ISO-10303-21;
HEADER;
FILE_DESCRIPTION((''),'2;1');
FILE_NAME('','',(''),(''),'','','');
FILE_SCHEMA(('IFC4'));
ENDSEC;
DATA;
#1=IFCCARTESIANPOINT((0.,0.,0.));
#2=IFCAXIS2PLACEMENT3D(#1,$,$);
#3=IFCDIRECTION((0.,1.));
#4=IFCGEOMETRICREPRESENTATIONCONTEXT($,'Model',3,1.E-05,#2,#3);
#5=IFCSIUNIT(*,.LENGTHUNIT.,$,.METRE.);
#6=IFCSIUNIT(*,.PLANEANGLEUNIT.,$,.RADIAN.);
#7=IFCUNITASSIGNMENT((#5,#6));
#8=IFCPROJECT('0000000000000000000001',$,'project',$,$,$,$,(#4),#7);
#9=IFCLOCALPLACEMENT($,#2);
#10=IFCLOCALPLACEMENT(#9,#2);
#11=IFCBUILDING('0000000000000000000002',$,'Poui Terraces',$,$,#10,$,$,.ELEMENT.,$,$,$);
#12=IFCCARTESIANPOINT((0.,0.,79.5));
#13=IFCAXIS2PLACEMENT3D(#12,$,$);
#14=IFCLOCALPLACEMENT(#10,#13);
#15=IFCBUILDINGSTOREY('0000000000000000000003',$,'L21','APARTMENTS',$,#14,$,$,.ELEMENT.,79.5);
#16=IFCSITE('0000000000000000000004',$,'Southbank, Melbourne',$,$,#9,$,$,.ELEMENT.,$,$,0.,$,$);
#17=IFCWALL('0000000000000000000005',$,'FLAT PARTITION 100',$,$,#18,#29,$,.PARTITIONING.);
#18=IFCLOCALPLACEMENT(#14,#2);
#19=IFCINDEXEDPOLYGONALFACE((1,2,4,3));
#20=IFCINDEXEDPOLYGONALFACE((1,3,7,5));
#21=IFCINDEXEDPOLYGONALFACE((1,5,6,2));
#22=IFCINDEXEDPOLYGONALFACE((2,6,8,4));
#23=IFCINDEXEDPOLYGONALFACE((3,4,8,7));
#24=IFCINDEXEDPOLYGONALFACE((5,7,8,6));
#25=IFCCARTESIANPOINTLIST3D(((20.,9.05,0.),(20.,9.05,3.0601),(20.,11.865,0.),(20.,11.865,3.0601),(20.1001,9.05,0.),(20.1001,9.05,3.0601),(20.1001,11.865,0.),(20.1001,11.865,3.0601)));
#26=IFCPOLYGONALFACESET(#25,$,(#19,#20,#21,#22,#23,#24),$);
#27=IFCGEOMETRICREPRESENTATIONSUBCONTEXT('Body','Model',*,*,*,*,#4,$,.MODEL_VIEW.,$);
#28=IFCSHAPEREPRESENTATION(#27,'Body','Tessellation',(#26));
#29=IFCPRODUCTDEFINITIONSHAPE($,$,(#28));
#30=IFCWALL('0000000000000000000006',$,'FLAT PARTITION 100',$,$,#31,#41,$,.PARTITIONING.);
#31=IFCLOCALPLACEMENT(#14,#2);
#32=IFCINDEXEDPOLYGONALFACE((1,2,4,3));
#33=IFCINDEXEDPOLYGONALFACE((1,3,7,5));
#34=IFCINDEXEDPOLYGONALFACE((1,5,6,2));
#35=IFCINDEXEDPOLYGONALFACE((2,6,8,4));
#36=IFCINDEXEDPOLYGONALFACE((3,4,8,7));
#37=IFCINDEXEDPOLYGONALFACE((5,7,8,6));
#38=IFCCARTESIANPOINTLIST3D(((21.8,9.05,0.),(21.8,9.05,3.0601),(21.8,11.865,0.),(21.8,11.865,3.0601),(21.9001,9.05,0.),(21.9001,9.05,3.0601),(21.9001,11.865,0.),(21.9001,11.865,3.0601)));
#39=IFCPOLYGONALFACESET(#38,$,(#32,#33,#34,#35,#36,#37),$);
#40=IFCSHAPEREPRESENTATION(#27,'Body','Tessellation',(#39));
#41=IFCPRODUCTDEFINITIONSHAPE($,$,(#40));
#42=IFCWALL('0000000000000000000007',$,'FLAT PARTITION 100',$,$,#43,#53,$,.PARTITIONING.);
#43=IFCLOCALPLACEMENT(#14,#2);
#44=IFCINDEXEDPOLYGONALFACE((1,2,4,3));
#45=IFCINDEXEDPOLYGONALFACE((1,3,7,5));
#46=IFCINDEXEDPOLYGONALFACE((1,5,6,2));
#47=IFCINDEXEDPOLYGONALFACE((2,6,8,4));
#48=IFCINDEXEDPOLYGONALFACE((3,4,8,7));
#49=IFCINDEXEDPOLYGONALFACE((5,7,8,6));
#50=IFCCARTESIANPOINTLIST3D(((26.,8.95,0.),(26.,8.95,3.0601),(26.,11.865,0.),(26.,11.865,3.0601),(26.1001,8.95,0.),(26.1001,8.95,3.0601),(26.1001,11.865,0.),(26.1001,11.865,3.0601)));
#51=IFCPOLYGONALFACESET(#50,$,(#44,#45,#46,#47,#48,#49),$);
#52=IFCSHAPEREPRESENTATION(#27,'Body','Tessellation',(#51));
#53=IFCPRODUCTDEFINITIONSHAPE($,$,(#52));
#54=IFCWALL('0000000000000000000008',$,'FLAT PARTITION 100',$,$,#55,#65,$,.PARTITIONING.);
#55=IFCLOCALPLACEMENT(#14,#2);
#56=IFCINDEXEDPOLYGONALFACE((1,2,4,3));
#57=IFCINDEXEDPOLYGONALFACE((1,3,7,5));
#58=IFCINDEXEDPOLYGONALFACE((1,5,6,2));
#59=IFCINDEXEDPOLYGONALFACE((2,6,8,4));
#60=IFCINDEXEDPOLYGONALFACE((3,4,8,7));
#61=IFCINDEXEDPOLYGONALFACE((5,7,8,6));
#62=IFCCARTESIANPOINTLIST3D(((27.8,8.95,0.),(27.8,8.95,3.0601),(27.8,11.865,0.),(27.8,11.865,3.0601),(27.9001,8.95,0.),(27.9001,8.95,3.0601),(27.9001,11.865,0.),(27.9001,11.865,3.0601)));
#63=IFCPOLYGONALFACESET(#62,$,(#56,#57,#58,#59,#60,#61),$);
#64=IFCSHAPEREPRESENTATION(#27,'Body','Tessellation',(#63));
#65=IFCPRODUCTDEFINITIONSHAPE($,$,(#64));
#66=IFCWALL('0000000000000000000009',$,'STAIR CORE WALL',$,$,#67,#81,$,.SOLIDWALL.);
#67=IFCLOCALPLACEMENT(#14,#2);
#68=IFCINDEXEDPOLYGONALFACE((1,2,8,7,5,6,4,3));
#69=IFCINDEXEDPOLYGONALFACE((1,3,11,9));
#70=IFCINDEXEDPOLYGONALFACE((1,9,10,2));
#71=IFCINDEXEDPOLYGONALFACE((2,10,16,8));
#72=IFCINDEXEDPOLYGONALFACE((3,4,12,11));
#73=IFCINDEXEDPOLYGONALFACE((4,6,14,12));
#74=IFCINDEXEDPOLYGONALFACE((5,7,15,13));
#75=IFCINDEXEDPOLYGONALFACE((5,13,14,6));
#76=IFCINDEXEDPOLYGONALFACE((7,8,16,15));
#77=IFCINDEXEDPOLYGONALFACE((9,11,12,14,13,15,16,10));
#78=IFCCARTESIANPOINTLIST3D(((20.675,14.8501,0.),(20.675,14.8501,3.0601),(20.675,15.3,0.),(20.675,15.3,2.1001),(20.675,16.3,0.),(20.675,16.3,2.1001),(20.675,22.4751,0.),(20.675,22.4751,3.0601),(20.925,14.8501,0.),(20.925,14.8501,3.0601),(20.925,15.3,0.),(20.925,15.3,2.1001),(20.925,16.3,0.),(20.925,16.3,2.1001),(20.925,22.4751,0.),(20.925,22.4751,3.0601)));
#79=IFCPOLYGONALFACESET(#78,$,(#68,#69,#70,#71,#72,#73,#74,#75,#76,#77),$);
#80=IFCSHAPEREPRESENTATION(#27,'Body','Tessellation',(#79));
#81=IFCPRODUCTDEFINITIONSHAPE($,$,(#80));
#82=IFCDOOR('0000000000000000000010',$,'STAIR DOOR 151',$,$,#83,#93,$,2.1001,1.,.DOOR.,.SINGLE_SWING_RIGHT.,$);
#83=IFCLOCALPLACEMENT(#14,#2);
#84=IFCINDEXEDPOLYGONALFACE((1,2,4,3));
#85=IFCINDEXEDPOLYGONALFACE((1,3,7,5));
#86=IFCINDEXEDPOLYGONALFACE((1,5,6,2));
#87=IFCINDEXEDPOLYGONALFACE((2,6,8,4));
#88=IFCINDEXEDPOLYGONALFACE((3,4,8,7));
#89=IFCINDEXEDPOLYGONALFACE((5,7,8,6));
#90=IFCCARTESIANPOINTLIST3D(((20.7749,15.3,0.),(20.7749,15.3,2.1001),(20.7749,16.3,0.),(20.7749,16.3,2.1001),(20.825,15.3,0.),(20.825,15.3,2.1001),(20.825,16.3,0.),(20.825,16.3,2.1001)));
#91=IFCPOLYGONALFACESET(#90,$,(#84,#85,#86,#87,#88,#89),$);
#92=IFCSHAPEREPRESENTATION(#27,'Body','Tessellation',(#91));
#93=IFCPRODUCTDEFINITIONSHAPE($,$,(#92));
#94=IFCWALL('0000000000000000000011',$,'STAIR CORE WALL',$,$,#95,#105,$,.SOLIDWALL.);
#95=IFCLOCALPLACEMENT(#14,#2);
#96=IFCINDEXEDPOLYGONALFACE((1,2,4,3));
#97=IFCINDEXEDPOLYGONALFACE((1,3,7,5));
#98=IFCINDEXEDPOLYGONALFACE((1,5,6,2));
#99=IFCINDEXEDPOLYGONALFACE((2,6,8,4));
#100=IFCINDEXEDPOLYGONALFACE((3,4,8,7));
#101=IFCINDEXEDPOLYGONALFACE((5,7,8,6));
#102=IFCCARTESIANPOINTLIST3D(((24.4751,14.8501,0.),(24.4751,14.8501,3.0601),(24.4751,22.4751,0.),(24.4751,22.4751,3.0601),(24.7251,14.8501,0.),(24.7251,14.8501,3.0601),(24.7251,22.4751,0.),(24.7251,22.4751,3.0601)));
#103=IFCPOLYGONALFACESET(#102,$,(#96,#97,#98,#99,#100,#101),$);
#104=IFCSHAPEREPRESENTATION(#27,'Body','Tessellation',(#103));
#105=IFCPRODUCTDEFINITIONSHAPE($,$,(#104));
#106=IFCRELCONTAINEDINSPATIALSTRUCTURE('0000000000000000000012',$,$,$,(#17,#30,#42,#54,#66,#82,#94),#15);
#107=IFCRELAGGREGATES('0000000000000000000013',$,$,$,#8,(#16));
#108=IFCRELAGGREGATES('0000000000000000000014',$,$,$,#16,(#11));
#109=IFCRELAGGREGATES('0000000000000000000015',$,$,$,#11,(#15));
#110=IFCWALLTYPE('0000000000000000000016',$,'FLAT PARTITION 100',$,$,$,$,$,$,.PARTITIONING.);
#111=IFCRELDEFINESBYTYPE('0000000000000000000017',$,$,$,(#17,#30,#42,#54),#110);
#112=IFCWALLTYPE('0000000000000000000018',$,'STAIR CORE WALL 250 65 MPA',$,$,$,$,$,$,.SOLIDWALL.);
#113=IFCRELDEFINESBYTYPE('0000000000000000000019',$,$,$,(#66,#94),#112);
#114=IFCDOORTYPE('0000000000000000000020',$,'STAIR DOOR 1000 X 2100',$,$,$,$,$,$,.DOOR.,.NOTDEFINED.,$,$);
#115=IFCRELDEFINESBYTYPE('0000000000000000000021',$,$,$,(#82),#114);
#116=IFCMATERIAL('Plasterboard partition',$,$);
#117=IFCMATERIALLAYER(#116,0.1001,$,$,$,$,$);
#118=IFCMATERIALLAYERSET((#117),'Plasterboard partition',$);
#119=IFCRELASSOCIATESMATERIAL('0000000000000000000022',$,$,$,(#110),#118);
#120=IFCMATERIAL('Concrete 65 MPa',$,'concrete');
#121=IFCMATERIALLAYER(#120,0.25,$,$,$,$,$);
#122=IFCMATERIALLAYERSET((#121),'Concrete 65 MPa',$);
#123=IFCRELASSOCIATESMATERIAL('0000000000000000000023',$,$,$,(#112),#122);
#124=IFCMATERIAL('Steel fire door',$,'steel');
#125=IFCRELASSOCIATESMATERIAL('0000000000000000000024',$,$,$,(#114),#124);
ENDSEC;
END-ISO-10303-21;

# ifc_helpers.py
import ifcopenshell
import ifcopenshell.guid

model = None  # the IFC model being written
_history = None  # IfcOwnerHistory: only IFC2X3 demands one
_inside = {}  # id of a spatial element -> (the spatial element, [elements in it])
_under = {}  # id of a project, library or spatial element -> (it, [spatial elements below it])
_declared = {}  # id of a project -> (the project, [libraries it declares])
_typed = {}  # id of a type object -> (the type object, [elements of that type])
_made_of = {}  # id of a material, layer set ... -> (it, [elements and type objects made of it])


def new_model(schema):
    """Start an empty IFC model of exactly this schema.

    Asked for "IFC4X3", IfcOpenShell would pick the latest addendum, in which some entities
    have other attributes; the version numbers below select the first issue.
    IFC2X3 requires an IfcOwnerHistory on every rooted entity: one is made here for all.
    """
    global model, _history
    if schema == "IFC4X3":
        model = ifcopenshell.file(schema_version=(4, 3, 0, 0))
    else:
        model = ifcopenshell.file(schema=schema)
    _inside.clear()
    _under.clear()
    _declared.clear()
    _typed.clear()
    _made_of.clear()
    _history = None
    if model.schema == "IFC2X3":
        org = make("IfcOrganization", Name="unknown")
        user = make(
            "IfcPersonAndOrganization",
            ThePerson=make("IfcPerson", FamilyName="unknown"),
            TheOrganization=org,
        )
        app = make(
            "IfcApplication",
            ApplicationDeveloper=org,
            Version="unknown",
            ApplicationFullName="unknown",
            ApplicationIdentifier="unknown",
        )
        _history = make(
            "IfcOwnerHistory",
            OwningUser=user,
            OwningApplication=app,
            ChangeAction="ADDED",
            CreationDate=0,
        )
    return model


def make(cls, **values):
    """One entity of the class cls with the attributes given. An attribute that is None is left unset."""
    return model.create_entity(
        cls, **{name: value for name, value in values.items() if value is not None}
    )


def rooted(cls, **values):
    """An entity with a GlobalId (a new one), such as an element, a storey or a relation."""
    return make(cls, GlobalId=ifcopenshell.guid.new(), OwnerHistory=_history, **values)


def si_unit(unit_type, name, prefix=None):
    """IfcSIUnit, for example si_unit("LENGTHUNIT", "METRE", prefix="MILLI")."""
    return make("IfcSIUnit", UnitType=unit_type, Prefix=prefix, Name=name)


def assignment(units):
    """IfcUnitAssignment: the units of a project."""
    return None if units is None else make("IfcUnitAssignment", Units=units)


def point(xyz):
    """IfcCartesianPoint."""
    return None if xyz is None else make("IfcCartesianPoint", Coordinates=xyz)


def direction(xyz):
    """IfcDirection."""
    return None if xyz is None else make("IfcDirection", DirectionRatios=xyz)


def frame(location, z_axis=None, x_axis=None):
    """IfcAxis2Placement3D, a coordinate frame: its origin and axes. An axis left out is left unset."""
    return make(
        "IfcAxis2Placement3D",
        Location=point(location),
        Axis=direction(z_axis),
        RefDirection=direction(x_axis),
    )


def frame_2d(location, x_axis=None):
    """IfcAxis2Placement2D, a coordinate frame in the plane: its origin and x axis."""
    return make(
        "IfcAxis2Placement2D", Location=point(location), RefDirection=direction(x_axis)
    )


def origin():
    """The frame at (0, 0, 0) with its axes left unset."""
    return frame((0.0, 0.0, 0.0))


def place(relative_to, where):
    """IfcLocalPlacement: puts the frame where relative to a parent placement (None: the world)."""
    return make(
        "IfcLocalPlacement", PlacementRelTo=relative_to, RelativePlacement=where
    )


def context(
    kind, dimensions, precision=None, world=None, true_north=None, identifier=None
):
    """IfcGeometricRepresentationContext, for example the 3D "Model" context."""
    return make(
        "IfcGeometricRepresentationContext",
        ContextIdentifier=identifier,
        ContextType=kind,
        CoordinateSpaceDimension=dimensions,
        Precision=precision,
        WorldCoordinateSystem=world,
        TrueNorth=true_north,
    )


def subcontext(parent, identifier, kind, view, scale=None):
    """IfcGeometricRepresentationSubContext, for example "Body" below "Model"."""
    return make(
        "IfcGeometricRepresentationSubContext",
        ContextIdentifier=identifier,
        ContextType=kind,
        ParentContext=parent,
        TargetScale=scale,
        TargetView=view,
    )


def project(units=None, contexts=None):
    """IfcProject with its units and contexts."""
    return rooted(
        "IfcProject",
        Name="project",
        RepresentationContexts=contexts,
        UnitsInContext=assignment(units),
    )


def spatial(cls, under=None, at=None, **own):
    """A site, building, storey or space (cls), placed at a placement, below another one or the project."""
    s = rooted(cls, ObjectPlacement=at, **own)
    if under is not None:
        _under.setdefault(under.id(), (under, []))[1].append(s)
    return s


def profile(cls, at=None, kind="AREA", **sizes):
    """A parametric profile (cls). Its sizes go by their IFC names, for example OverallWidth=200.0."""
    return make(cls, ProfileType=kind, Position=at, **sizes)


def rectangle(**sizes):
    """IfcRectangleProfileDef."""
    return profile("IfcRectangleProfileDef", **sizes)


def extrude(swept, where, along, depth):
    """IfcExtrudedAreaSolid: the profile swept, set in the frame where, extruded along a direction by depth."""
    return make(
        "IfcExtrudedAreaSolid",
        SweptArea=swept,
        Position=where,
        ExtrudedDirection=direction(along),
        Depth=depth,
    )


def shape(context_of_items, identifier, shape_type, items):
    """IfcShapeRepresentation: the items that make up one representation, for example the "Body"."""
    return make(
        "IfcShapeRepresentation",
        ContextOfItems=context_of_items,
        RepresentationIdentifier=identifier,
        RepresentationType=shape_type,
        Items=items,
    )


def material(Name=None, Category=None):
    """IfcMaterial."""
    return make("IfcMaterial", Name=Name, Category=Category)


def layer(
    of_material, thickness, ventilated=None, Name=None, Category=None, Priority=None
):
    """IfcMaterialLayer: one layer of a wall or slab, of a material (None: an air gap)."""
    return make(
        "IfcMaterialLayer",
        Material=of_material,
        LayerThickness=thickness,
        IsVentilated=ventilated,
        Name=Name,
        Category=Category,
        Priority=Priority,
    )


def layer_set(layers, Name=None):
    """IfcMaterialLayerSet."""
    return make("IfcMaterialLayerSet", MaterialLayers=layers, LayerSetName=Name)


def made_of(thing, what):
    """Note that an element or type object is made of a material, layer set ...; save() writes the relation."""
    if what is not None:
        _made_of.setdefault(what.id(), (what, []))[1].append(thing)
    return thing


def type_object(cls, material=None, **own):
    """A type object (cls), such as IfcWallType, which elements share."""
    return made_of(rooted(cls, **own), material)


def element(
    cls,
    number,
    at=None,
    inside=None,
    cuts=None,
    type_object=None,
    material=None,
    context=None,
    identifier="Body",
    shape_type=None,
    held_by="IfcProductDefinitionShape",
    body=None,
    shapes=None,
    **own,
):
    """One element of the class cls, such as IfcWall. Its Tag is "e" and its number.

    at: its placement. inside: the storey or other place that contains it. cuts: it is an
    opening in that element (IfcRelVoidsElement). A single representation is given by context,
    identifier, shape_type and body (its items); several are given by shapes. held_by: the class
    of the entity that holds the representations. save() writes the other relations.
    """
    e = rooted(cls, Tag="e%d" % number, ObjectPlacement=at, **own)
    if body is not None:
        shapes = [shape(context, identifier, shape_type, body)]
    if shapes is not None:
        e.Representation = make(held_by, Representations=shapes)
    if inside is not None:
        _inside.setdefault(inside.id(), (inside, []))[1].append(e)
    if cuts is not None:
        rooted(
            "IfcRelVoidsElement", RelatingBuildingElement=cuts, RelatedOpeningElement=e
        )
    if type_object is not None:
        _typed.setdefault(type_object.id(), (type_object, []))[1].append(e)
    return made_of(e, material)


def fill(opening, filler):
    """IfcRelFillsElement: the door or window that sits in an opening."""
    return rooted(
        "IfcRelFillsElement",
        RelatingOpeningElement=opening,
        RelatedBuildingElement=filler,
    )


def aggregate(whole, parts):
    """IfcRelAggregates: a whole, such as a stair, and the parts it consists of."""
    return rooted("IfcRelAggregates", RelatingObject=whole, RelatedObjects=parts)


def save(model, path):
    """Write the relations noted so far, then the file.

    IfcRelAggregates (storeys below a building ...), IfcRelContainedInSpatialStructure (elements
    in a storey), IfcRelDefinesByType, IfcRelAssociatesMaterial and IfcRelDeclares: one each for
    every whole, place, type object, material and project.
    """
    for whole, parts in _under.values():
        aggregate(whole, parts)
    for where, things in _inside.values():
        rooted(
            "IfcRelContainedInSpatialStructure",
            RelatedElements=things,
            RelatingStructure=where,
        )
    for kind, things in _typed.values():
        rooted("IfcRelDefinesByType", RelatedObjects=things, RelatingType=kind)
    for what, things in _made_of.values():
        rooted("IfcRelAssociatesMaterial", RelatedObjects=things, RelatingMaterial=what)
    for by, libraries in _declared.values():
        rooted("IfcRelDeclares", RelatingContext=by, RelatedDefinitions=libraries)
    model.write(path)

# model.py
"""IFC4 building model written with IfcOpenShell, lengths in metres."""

from ifc_helpers import new_model, si_unit, direction, frame, frame_2d, origin, place, context, subcontext, project, spatial, rectangle, extrude, material, layer, layer_set, type_object, element, fill, save


model = new_model("IFC4")

# Units and contexts
model_context = context("Model", 3, precision=1e-05, world=origin(), true_north=direction((0.0, 1.0)))
body_context = subcontext(model_context, "Body", "Model", "MODEL_VIEW")
ifc_project = project(units=[si_unit("LENGTHUNIT", "METRE"), si_unit("PLANEANGLEUNIT", "RADIAN")], contexts=[model_context])

# Site, building, storey
site_placement = place(None, origin())
site = spatial("IfcSite", under=ifc_project, at=site_placement, Name="Southbank, Melbourne", CompositionType="ELEMENT", RefElevation=0.0)
building_placement = place(site_placement, origin())
building = spatial("IfcBuilding", under=site, at=building_placement, Name="Poui Terraces", CompositionType="ELEMENT")
storey_placement = place(building_placement, frame((0.0, 0.0, 79.5)))
storey = spatial("IfcBuildingStorey", under=building, at=storey_placement, Name="L21", Description="APARTMENTS", CompositionType="ELEMENT", Elevation=79.5)

# Shared definitions
ifc_material_1 = material(Name="Concrete 65 MPa", Category="concrete")

# Shared definitions
ifc_material_2 = material(Name="Steel fire door", Category="steel")

# Shared definitions
ifc_material_3 = material(Name="Plasterboard partition")
ifc_layer_1 = layer(ifc_material_3, 0.1001)
ifc_layer_set_1 = layer_set([ifc_layer_1], Name="Plasterboard partition")
wall_type_1 = type_object("IfcWallType", Name="FLAT PARTITION 100", PredefinedType="PARTITIONING", material=ifc_layer_set_1)

# Walls
for number, where, z_axis, x_axis, name in (
    (1, (20.05, 9.05, 0.0), (0.0, 0.0, 1.0), (0.0, 1.0, 0.0), "FLAT PARTITION 100"),
    (2, (21.8501, 9.05, 0.0), (0.0, 0.0, 1.0), (0.0, 1.0, 0.0), "FLAT PARTITION 100"),
):
    element("IfcWall", number, at=place(storey_placement, frame(where, z_axis=z_axis, x_axis=x_axis)), inside=storey, type_object=wall_type_1, Name=name, PredefinedType="PARTITIONING", context=body_context, shape_type="SweptSolid", body=[
        extrude(rectangle(XDim=2.8149, YDim=0.1001, at=frame_2d((1.4075, 0.0))), origin(), (0.0, 0.0, 1.0), 3.0601),
    ])
for number, where, z_axis, x_axis, name in (
    (3, (26.05, 8.95, 0.0), (0.0, 0.0, 1.0), (0.0, 1.0, 0.0), "FLAT PARTITION 100"),
    (4, (27.8501, 8.95, 0.0), (0.0, 0.0, 1.0), (0.0, 1.0, 0.0), "FLAT PARTITION 100"),
):
    element("IfcWall", number, at=place(storey_placement, frame(where, z_axis=z_axis, x_axis=x_axis)), inside=storey, type_object=wall_type_1, Name=name, PredefinedType="PARTITIONING", context=body_context, shape_type="SweptSolid", body=[
        extrude(rectangle(XDim=2.915, YDim=0.1001, at=frame_2d((1.4575, 0.0))), origin(), (0.0, 0.0, 1.0), 3.0601),
    ])

# Wall, opening, door
ifc_layer_2 = layer(ifc_material_1, 0.25)
ifc_layer_set_2 = layer_set([ifc_layer_2], Name="Concrete 65 MPa")
wall_type_2 = type_object("IfcWallType", Name="STAIR CORE WALL 250 65 MPA", PredefinedType="SOLIDWALL", material=ifc_layer_set_2)
wall_1_placement = place(storey_placement, frame((20.8, 14.8501, 0.0), z_axis=(0.0, 0.0, 1.0), x_axis=(0.0, 1.0, 0.0)))
wall_1 = element("IfcWall", 5, at=wall_1_placement, inside=storey, type_object=wall_type_2, Name="STAIR CORE WALL", PredefinedType="SOLIDWALL", context=body_context, shape_type="SweptSolid", body=[
    extrude(rectangle(XDim=7.625, YDim=0.25, at=frame_2d((3.8125, 0.0))), origin(), (0.0, 0.0, 1.0), 3.0601),
])
opening_1_placement = place(wall_1_placement, frame((0.45, 0.0, 0.0)))
opening_1 = element("IfcOpeningElement", 6, at=opening_1_placement, cuts=wall_1, PredefinedType="OPENING", context=body_context, shape_type="SweptSolid", body=[
    extrude(rectangle(XDim=1.0, YDim=2.1001, at=frame_2d((0.5, 1.05))), frame((0.0, 0.135, 0.0), z_axis=(0.0, -1.0, 0.0), x_axis=(1.0, 0.0, 0.0)), (0.0, 0.0, 1.0), 0.27),
])
door_type_1 = type_object("IfcDoorType", Name="STAIR DOOR 1000 X 2100", OperationType="NOTDEFINED", PredefinedType="DOOR", material=ifc_material_2)
door_1_placement = place(opening_1_placement, frame((1.0, 0.0, 0.0), z_axis=(0.0, 0.0, 1.0), x_axis=(-1.0, 0.0, 0.0)))
door_1 = element("IfcDoor", 7, at=door_1_placement, inside=storey, type_object=door_type_1, Name="STAIR DOOR 151", OperationType="SINGLE_SWING_RIGHT", OverallHeight=2.1001, OverallWidth=1.0, PredefinedType="DOOR", context=body_context, shape_type="SweptSolid", body=[
    extrude(rectangle(XDim=1.0, YDim=2.1001, at=frame_2d((0.5, 1.05))), frame((0.0, 0.0249, 0.0), z_axis=(0.0, -1.0, 0.0), x_axis=(1.0, 0.0, 0.0)), (0.0, 0.0, 1.0), 0.05),
])
fill(opening_1, door_1)

# Wall
wall_2_placement = place(storey_placement, frame((24.6001, 14.8501, 0.0), z_axis=(0.0, 0.0, 1.0), x_axis=(0.0, 1.0, 0.0)))
element("IfcWall", 8, at=wall_2_placement, inside=storey, type_object=wall_type_2, Name="STAIR CORE WALL", PredefinedType="SOLIDWALL", context=body_context, shape_type="SweptSolid", body=[
    extrude(rectangle(XDim=7.625, YDim=0.25, at=frame_2d((3.8125, 0.0))), origin(), (0.0, 0.0, 1.0), 3.0601),
])

save(model, "model.ifc")
